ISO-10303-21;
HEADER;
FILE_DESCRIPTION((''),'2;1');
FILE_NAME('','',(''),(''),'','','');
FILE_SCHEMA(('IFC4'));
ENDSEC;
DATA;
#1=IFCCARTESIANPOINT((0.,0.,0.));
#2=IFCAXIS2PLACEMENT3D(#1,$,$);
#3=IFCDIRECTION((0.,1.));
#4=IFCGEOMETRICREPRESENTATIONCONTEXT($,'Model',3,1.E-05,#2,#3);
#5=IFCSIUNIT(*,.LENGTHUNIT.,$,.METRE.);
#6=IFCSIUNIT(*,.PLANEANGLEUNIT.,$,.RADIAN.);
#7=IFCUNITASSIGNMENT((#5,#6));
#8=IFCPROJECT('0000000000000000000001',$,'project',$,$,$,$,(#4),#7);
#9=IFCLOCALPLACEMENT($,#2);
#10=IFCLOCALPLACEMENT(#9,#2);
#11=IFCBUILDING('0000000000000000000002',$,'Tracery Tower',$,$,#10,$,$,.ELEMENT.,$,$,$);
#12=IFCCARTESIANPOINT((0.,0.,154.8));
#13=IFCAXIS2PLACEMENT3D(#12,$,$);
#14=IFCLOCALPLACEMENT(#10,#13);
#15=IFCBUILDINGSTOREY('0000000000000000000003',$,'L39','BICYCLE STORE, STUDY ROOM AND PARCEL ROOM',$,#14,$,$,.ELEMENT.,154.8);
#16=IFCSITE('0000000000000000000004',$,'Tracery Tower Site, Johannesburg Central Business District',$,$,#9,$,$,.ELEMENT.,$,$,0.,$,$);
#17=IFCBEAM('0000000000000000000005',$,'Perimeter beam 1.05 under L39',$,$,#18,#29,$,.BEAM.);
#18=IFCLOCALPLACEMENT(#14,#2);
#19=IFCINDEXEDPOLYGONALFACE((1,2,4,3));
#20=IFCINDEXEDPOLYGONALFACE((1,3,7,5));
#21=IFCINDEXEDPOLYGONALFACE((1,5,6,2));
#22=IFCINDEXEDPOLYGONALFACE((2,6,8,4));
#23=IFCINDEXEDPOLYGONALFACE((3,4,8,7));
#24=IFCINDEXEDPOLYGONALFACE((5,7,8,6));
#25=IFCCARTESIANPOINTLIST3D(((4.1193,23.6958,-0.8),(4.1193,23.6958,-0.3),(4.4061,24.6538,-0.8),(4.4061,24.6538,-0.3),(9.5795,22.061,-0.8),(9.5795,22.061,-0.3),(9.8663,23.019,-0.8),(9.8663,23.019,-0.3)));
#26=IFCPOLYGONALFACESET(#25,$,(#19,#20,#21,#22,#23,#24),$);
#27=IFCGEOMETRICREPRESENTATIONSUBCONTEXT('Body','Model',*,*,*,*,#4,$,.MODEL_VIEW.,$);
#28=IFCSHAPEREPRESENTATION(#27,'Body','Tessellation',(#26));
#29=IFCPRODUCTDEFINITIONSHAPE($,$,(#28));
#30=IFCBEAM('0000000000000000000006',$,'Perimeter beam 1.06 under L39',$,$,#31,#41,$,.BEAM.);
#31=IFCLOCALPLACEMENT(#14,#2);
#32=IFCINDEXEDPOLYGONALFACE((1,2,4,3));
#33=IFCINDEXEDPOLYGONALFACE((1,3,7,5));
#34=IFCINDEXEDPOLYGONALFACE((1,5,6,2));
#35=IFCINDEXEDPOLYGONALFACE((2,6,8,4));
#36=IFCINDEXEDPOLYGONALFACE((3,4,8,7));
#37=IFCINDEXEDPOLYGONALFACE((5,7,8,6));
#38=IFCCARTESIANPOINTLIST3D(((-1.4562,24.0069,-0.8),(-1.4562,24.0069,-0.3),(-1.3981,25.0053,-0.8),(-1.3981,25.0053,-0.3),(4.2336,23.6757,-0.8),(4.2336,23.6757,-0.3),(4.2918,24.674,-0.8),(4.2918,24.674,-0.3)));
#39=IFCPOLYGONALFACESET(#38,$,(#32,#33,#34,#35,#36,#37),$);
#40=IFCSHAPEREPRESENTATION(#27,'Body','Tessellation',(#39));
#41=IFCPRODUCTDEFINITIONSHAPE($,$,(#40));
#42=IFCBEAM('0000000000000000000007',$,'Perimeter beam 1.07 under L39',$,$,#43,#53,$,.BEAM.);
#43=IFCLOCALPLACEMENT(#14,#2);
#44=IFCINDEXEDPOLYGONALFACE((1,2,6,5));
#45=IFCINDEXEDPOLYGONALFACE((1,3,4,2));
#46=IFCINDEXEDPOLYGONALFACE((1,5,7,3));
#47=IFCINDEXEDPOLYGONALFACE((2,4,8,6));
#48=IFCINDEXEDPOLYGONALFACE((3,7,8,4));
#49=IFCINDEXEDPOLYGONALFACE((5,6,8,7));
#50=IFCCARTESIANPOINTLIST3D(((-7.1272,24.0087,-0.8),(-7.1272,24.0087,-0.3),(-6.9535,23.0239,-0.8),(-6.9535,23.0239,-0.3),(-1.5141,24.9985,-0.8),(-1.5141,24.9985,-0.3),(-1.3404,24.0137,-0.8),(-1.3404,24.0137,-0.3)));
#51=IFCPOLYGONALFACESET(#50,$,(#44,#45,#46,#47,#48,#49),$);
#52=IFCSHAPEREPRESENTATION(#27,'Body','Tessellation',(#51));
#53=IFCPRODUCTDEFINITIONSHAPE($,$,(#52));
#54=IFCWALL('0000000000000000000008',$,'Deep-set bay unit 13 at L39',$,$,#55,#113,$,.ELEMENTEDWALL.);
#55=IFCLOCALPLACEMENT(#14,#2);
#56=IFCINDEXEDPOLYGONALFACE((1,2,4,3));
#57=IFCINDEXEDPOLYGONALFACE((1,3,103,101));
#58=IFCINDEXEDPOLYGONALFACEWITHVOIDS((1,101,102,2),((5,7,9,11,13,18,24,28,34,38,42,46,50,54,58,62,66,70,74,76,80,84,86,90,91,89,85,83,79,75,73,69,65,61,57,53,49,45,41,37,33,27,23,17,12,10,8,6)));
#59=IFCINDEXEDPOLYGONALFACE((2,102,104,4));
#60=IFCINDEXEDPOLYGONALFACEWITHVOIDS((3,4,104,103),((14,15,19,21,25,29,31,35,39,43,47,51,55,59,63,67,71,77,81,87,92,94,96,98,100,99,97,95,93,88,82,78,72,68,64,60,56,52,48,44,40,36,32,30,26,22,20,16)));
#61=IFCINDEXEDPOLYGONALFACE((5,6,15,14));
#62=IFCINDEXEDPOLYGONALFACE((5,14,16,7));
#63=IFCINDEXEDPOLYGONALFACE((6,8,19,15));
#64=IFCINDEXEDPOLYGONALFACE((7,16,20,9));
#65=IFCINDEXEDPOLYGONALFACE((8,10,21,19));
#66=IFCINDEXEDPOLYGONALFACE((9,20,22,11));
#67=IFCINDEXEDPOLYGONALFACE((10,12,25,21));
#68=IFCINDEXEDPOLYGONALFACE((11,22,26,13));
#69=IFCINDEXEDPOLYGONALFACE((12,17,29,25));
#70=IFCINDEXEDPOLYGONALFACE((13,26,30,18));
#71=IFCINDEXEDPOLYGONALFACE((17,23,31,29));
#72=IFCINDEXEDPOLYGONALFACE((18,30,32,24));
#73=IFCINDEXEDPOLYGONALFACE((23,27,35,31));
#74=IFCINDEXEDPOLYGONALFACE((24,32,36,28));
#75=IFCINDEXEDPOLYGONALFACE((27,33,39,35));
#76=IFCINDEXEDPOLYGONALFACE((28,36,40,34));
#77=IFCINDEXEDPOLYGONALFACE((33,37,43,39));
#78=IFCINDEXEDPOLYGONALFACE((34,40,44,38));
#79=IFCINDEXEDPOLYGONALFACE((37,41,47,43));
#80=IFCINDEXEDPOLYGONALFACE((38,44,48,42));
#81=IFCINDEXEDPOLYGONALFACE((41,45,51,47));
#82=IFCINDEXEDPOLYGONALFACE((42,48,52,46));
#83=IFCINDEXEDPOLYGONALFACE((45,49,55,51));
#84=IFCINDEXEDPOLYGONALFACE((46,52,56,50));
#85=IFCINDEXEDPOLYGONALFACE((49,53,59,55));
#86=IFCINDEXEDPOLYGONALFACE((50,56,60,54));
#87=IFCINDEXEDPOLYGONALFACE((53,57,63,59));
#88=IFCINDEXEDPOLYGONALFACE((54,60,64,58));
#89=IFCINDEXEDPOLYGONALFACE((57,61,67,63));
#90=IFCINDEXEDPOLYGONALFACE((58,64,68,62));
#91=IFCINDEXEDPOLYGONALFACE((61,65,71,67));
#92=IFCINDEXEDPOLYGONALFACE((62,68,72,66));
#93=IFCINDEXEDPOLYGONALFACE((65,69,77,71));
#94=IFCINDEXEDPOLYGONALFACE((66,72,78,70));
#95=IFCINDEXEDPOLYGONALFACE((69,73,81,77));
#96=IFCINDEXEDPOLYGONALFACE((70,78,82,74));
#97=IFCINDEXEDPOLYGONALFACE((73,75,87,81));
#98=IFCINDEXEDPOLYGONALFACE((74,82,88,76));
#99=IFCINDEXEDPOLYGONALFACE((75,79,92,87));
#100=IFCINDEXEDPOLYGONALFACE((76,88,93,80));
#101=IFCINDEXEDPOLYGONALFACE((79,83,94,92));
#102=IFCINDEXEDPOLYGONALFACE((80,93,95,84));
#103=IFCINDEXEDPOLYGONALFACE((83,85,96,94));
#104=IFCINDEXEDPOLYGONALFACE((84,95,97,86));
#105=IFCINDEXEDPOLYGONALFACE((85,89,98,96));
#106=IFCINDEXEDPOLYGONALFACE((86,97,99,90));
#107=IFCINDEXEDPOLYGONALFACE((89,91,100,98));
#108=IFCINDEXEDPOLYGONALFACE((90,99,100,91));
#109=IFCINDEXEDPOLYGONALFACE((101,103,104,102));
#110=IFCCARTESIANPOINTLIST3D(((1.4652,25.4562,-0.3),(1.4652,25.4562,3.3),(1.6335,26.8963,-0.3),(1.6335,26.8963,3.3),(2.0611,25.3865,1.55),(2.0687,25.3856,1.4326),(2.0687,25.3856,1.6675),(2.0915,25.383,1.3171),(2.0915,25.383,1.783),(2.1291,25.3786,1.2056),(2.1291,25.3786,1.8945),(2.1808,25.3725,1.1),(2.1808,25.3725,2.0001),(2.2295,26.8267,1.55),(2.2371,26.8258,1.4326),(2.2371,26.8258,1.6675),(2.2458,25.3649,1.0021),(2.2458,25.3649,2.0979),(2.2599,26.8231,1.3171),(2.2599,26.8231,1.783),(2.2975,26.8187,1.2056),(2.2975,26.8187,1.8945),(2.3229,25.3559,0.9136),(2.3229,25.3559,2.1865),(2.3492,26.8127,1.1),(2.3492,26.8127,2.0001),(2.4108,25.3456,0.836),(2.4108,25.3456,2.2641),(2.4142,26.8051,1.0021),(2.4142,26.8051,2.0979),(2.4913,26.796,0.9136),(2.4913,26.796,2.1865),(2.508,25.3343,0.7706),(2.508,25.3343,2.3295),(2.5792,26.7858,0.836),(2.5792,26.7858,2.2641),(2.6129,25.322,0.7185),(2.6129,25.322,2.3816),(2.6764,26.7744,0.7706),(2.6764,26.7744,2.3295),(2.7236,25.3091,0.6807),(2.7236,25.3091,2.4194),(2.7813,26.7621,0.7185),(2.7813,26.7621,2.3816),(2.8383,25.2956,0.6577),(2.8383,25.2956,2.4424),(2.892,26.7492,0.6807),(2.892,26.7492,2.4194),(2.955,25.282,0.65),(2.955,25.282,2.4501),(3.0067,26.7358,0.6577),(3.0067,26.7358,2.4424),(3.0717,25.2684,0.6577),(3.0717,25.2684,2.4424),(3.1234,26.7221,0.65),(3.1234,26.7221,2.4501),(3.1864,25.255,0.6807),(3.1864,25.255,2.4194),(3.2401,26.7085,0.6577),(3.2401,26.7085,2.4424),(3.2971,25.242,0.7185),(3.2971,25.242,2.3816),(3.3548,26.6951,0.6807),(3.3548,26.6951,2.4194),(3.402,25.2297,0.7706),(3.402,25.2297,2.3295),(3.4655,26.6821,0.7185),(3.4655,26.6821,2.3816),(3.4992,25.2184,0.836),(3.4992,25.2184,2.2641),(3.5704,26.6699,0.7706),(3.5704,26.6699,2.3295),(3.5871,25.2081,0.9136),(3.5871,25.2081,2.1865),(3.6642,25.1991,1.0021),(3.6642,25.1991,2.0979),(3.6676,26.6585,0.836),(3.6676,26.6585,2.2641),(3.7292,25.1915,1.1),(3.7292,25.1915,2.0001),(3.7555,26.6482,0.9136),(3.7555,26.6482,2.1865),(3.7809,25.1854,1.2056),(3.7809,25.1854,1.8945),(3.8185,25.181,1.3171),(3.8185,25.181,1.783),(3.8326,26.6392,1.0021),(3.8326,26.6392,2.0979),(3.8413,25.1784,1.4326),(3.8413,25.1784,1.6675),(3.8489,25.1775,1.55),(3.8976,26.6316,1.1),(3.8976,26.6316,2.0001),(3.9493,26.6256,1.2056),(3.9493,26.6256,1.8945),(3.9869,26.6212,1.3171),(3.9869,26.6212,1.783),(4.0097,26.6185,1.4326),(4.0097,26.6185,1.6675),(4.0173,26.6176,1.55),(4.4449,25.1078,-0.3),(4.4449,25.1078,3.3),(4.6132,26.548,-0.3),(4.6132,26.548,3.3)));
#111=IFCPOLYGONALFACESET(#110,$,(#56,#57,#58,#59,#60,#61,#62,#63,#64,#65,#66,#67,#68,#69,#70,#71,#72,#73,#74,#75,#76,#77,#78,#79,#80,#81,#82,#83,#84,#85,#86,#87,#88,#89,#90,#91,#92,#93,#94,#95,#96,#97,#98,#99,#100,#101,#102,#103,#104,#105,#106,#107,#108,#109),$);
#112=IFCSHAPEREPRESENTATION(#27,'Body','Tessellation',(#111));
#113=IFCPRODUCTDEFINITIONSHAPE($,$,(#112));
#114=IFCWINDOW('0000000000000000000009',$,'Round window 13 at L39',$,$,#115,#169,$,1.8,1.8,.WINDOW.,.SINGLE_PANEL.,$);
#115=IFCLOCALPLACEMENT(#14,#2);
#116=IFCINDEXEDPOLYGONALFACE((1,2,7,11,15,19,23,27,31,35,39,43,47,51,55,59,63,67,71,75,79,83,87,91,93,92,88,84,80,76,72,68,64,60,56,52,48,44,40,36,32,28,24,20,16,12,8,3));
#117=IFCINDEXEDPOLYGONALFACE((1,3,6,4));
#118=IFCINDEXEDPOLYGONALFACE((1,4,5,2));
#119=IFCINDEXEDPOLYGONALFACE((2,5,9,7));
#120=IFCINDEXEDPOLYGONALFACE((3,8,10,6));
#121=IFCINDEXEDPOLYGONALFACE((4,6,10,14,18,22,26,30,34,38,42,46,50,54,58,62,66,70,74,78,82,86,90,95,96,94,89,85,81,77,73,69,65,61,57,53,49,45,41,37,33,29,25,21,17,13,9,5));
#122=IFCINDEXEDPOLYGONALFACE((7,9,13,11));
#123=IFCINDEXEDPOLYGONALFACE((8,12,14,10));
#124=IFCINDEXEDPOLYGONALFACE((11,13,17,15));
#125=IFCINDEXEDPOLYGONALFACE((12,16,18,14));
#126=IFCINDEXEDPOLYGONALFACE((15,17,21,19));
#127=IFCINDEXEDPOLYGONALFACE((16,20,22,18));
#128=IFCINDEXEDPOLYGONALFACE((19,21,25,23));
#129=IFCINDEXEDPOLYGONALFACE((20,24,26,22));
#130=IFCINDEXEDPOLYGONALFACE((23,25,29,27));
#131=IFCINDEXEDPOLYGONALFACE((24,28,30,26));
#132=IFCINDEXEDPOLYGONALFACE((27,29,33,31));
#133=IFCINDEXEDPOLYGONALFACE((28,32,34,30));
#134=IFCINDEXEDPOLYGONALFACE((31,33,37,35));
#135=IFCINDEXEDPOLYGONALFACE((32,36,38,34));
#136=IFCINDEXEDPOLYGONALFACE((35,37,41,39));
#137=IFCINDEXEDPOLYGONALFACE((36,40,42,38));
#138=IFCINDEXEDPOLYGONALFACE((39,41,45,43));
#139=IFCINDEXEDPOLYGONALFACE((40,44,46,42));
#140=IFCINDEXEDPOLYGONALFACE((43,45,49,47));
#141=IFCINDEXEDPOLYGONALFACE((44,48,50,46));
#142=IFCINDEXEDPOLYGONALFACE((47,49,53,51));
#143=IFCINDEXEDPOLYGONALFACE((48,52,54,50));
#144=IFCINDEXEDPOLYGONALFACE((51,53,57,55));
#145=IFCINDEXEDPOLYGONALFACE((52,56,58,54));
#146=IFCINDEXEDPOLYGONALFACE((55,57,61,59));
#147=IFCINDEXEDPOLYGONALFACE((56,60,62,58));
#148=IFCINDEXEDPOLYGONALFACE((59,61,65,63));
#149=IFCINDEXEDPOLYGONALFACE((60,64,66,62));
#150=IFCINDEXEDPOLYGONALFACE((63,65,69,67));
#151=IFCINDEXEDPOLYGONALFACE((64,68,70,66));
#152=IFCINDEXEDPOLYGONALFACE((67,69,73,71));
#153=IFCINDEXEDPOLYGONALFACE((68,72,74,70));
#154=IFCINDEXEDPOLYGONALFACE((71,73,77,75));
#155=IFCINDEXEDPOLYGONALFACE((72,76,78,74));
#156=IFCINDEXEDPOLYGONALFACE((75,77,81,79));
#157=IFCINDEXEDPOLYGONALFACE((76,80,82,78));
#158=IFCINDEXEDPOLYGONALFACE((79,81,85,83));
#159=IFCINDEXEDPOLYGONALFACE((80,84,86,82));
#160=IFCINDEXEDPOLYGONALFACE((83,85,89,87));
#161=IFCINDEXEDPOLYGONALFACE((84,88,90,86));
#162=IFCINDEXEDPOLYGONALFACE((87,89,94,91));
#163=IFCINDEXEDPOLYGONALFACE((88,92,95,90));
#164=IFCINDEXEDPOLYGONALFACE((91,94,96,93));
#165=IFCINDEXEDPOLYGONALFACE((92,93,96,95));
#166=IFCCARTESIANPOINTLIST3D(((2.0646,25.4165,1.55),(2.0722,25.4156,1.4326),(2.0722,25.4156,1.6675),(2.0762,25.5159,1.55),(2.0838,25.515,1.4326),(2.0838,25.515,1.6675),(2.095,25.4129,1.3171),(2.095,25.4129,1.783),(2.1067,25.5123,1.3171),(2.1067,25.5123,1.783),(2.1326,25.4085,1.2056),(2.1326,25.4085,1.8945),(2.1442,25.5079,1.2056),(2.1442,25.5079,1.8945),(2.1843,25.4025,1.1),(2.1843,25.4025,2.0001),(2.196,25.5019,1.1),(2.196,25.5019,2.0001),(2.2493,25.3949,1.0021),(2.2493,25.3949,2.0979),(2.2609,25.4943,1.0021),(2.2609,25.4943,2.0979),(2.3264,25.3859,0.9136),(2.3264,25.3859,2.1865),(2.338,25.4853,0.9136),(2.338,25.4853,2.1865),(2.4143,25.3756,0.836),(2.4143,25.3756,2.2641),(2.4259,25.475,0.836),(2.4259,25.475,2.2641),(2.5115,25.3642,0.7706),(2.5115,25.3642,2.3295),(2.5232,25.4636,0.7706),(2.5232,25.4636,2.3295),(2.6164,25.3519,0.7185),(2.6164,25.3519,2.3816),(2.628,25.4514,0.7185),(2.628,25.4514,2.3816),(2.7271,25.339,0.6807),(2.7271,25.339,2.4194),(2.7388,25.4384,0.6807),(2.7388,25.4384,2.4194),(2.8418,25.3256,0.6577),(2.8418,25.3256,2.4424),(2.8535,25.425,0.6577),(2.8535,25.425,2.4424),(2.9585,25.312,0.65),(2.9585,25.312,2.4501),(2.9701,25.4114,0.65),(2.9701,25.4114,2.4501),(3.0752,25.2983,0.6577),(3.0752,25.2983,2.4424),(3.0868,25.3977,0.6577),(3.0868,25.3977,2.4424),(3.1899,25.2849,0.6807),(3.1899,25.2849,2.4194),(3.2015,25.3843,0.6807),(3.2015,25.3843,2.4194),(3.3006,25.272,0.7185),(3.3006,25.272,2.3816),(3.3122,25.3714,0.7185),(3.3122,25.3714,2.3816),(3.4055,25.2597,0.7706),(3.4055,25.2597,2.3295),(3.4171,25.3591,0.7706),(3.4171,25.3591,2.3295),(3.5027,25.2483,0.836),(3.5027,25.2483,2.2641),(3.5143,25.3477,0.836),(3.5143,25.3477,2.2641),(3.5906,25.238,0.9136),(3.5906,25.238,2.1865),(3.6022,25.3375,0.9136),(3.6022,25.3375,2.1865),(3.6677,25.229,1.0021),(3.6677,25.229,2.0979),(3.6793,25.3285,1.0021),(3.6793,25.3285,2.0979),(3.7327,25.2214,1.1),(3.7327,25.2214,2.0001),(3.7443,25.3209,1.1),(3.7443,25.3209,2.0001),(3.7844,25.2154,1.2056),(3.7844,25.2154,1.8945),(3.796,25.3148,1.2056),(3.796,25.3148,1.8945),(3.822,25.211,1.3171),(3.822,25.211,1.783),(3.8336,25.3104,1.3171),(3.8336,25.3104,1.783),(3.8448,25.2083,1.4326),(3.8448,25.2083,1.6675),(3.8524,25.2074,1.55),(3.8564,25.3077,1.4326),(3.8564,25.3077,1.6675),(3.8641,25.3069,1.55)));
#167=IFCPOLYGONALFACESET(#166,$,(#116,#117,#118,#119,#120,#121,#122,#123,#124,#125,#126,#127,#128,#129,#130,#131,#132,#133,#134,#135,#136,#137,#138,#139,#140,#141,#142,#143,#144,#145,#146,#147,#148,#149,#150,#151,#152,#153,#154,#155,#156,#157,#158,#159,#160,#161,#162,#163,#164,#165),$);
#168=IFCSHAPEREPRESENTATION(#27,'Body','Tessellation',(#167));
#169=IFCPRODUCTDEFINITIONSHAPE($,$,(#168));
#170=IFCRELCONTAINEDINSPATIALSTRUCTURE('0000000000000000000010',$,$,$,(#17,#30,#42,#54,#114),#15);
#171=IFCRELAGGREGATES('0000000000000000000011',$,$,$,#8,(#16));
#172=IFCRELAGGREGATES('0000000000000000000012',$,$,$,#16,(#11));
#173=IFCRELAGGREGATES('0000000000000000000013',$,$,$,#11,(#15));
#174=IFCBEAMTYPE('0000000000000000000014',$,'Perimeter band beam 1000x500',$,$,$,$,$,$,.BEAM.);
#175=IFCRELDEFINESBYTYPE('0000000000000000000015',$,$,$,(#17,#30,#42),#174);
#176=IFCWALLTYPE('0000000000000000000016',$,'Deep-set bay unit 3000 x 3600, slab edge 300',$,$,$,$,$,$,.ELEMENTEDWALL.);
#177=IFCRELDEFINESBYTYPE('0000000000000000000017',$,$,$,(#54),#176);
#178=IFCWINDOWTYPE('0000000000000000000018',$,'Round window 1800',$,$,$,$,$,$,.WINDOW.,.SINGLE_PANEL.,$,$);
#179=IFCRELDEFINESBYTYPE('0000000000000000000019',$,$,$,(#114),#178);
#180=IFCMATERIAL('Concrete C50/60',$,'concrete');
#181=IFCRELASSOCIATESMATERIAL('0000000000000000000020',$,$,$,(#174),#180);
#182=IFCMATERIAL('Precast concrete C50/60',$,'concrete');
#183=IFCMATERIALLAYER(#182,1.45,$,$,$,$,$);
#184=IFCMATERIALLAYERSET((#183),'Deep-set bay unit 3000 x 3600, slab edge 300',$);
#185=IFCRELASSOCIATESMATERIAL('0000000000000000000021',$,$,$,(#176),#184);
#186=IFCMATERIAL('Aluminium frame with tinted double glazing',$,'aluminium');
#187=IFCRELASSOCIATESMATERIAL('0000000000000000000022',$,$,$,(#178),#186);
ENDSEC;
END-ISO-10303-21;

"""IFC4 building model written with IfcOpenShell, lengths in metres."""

from ifc_helpers import new_model, si_unit, direction, frame, frame_2d, origin, origin_2d, place, context, subcontext, project, spatial, rectangle, circle, extrude, material, layer, layer_set, material_profile, profile_set, type_object, element, fill, save


model = new_model("IFC4")

# Units and contexts
model_context = context("Model", 3, precision=1e-05, world=origin(), true_north=direction((0.0, 1.0)))
body_context = subcontext(model_context, "Body", "Model", "MODEL_VIEW")
ifc_project = project(units=[si_unit("LENGTHUNIT", "METRE"), si_unit("PLANEANGLEUNIT", "RADIAN")], contexts=[model_context])

# Site, building, storey
site_placement = place(None, origin())
site = spatial("IfcSite", under=ifc_project, at=site_placement, Name="Tracery Tower Site, Johannesburg Central Business District", CompositionType="ELEMENT", RefElevation=0.0)
building_placement = place(site_placement, origin())
building = spatial("IfcBuilding", under=site, at=building_placement, Name="Tracery Tower", CompositionType="ELEMENT")
storey_placement = place(building_placement, frame((0.0, 0.0, 154.8)))
storey = spatial("IfcBuildingStorey", under=building, at=storey_placement, Name="L39", Description="BICYCLE STORE, STUDY ROOM AND PARCEL ROOM", CompositionType="ELEMENT", Elevation=154.8)

# Beams
ifc_material_1 = material(Name="Concrete C50/60", Category="concrete")
ifc_material_profile_1 = material_profile(ifc_material_1, rectangle(XDim=1.0, YDim=0.5, at=origin_2d()), Name="RC 1000x500")
ifc_profile_set_1 = profile_set([ifc_material_profile_1], Name="Concrete C50/60")
beam_type = type_object("IfcBeamType", Name="Perimeter band beam 1000x500", PredefinedType="BEAM", material=ifc_profile_set_1)
beam_1_placement = place(storey_placement, frame((9.7229, 22.54, -0.55), z_axis=(-0.957985, 0.286817, 0.0), x_axis=(-0.286817, -0.957985, 0.0)))
element("IfcBeam", 1, at=beam_1_placement, inside=storey, type_object=beam_type, Name="Perimeter beam 1.05 under L39", PredefinedType="BEAM", context=body_context, shape_type="SweptSolid", body=[
    extrude(rectangle(XDim=1.0, YDim=0.5, at=origin_2d()), origin(), (0.0, 0.0, 1.0), 5.6997),
])
beam_2_placement = place(storey_placement, frame((4.2627, 24.1748, -0.55), z_axis=(-0.998309, 0.058127, 0.0), x_axis=(-0.058127, -0.998309, 0.0)))
element("IfcBeam", 2, at=beam_2_placement, inside=storey, type_object=beam_type, Name="Perimeter beam 1.06 under L39", PredefinedType="BEAM", context=body_context, shape_type="SweptSolid", body=[
    extrude(rectangle(XDim=1.0, YDim=0.5, at=origin_2d()), origin(), (0.0, 0.0, 1.0), 5.6995),
])
beam_3_placement = place(storey_placement, frame((-1.4272, 24.5061, -0.55), z_axis=(-0.984807, -0.173651, 0.0), x_axis=(0.173651, -0.984807, 0.0)))
element("IfcBeam", 3, at=beam_3_placement, inside=storey, type_object=beam_type, Name="Perimeter beam 1.07 under L39", PredefinedType="BEAM", context=body_context, shape_type="SweptSolid", body=[
    extrude(rectangle(XDim=1.0, YDim=0.5, at=origin_2d()), origin(), (0.0, 0.0, 1.0), 5.6997),
])

# Wall, opening, window
ifc_material_2 = material(Name="Precast concrete C50/60", Category="concrete")
ifc_layer_1 = layer(ifc_material_2, 1.45)
ifc_layer_set_1 = layer_set([ifc_layer_1], Name="Deep-set bay unit 3000 x 3600, slab edge 300")
wall_type_1 = type_object("IfcWallType", Name="Deep-set bay unit 3000 x 3600, slab edge 300", PredefinedType="ELEMENTEDWALL", material=ifc_layer_set_1)
wall_1_placement = place(storey_placement, frame((4.5291, 25.8279, -0.3), z_axis=(0.0, 0.0, 1.0), x_axis=(-0.993234, 0.116128, 0.0)))
wall_1 = element("IfcWall", 4, at=wall_1_placement, inside=storey, type_object=wall_type_1, Name="Deep-set bay unit 13 at L39", PredefinedType="ELEMENTEDWALL", context=body_context, shape_type="SweptSolid", body=[
    extrude(rectangle(XDim=3.0, YDim=1.45, at=frame_2d((1.5, 0.0))), origin(), (0.0, 0.0, 1.0), 3.6001),
])
opening_1_placement = place(wall_1_placement, frame((1.5, 0.0, 1.8501)))
opening_1 = element("IfcOpeningElement", 5, at=opening_1_placement, cuts=wall_1, PredefinedType="OPENING", context=body_context, shape_type="SweptSolid", body=[
    extrude(circle(Radius=0.9, at=origin_2d()), frame((0.0, 0.7349, 0.0), z_axis=(0.0, -1.0, 0.0), x_axis=(1.0, 0.0, 0.0)), (0.0, 0.0, 1.0), 1.47),
])
ifc_material_3 = material(Name="Aluminium frame with tinted double glazing", Category="aluminium")
window_type = type_object("IfcWindowType", Name="Round window 1800", PartitioningType="SINGLE_PANEL", PredefinedType="WINDOW", material=ifc_material_3)
window_1_placement = place(opening_1_placement, origin())
window_1 = element("IfcWindow", 6, at=window_1_placement, inside=storey, type_object=window_type, Name="Round window 13 at L39", OverallHeight=1.8, OverallWidth=1.8, PartitioningType="SINGLE_PANEL", PredefinedType="WINDOW", context=body_context, shape_type="SweptSolid", body=[
    extrude(circle(Radius=0.9, at=origin_2d()), frame((0.0, 0.6948, 0.0), z_axis=(0.0, -1.0, 0.0), x_axis=(1.0, 0.0, 0.0)), (0.0, 0.0, 1.0), 0.1001),
])
fill(opening_1, window_1)

save(model, "model.ifc")
